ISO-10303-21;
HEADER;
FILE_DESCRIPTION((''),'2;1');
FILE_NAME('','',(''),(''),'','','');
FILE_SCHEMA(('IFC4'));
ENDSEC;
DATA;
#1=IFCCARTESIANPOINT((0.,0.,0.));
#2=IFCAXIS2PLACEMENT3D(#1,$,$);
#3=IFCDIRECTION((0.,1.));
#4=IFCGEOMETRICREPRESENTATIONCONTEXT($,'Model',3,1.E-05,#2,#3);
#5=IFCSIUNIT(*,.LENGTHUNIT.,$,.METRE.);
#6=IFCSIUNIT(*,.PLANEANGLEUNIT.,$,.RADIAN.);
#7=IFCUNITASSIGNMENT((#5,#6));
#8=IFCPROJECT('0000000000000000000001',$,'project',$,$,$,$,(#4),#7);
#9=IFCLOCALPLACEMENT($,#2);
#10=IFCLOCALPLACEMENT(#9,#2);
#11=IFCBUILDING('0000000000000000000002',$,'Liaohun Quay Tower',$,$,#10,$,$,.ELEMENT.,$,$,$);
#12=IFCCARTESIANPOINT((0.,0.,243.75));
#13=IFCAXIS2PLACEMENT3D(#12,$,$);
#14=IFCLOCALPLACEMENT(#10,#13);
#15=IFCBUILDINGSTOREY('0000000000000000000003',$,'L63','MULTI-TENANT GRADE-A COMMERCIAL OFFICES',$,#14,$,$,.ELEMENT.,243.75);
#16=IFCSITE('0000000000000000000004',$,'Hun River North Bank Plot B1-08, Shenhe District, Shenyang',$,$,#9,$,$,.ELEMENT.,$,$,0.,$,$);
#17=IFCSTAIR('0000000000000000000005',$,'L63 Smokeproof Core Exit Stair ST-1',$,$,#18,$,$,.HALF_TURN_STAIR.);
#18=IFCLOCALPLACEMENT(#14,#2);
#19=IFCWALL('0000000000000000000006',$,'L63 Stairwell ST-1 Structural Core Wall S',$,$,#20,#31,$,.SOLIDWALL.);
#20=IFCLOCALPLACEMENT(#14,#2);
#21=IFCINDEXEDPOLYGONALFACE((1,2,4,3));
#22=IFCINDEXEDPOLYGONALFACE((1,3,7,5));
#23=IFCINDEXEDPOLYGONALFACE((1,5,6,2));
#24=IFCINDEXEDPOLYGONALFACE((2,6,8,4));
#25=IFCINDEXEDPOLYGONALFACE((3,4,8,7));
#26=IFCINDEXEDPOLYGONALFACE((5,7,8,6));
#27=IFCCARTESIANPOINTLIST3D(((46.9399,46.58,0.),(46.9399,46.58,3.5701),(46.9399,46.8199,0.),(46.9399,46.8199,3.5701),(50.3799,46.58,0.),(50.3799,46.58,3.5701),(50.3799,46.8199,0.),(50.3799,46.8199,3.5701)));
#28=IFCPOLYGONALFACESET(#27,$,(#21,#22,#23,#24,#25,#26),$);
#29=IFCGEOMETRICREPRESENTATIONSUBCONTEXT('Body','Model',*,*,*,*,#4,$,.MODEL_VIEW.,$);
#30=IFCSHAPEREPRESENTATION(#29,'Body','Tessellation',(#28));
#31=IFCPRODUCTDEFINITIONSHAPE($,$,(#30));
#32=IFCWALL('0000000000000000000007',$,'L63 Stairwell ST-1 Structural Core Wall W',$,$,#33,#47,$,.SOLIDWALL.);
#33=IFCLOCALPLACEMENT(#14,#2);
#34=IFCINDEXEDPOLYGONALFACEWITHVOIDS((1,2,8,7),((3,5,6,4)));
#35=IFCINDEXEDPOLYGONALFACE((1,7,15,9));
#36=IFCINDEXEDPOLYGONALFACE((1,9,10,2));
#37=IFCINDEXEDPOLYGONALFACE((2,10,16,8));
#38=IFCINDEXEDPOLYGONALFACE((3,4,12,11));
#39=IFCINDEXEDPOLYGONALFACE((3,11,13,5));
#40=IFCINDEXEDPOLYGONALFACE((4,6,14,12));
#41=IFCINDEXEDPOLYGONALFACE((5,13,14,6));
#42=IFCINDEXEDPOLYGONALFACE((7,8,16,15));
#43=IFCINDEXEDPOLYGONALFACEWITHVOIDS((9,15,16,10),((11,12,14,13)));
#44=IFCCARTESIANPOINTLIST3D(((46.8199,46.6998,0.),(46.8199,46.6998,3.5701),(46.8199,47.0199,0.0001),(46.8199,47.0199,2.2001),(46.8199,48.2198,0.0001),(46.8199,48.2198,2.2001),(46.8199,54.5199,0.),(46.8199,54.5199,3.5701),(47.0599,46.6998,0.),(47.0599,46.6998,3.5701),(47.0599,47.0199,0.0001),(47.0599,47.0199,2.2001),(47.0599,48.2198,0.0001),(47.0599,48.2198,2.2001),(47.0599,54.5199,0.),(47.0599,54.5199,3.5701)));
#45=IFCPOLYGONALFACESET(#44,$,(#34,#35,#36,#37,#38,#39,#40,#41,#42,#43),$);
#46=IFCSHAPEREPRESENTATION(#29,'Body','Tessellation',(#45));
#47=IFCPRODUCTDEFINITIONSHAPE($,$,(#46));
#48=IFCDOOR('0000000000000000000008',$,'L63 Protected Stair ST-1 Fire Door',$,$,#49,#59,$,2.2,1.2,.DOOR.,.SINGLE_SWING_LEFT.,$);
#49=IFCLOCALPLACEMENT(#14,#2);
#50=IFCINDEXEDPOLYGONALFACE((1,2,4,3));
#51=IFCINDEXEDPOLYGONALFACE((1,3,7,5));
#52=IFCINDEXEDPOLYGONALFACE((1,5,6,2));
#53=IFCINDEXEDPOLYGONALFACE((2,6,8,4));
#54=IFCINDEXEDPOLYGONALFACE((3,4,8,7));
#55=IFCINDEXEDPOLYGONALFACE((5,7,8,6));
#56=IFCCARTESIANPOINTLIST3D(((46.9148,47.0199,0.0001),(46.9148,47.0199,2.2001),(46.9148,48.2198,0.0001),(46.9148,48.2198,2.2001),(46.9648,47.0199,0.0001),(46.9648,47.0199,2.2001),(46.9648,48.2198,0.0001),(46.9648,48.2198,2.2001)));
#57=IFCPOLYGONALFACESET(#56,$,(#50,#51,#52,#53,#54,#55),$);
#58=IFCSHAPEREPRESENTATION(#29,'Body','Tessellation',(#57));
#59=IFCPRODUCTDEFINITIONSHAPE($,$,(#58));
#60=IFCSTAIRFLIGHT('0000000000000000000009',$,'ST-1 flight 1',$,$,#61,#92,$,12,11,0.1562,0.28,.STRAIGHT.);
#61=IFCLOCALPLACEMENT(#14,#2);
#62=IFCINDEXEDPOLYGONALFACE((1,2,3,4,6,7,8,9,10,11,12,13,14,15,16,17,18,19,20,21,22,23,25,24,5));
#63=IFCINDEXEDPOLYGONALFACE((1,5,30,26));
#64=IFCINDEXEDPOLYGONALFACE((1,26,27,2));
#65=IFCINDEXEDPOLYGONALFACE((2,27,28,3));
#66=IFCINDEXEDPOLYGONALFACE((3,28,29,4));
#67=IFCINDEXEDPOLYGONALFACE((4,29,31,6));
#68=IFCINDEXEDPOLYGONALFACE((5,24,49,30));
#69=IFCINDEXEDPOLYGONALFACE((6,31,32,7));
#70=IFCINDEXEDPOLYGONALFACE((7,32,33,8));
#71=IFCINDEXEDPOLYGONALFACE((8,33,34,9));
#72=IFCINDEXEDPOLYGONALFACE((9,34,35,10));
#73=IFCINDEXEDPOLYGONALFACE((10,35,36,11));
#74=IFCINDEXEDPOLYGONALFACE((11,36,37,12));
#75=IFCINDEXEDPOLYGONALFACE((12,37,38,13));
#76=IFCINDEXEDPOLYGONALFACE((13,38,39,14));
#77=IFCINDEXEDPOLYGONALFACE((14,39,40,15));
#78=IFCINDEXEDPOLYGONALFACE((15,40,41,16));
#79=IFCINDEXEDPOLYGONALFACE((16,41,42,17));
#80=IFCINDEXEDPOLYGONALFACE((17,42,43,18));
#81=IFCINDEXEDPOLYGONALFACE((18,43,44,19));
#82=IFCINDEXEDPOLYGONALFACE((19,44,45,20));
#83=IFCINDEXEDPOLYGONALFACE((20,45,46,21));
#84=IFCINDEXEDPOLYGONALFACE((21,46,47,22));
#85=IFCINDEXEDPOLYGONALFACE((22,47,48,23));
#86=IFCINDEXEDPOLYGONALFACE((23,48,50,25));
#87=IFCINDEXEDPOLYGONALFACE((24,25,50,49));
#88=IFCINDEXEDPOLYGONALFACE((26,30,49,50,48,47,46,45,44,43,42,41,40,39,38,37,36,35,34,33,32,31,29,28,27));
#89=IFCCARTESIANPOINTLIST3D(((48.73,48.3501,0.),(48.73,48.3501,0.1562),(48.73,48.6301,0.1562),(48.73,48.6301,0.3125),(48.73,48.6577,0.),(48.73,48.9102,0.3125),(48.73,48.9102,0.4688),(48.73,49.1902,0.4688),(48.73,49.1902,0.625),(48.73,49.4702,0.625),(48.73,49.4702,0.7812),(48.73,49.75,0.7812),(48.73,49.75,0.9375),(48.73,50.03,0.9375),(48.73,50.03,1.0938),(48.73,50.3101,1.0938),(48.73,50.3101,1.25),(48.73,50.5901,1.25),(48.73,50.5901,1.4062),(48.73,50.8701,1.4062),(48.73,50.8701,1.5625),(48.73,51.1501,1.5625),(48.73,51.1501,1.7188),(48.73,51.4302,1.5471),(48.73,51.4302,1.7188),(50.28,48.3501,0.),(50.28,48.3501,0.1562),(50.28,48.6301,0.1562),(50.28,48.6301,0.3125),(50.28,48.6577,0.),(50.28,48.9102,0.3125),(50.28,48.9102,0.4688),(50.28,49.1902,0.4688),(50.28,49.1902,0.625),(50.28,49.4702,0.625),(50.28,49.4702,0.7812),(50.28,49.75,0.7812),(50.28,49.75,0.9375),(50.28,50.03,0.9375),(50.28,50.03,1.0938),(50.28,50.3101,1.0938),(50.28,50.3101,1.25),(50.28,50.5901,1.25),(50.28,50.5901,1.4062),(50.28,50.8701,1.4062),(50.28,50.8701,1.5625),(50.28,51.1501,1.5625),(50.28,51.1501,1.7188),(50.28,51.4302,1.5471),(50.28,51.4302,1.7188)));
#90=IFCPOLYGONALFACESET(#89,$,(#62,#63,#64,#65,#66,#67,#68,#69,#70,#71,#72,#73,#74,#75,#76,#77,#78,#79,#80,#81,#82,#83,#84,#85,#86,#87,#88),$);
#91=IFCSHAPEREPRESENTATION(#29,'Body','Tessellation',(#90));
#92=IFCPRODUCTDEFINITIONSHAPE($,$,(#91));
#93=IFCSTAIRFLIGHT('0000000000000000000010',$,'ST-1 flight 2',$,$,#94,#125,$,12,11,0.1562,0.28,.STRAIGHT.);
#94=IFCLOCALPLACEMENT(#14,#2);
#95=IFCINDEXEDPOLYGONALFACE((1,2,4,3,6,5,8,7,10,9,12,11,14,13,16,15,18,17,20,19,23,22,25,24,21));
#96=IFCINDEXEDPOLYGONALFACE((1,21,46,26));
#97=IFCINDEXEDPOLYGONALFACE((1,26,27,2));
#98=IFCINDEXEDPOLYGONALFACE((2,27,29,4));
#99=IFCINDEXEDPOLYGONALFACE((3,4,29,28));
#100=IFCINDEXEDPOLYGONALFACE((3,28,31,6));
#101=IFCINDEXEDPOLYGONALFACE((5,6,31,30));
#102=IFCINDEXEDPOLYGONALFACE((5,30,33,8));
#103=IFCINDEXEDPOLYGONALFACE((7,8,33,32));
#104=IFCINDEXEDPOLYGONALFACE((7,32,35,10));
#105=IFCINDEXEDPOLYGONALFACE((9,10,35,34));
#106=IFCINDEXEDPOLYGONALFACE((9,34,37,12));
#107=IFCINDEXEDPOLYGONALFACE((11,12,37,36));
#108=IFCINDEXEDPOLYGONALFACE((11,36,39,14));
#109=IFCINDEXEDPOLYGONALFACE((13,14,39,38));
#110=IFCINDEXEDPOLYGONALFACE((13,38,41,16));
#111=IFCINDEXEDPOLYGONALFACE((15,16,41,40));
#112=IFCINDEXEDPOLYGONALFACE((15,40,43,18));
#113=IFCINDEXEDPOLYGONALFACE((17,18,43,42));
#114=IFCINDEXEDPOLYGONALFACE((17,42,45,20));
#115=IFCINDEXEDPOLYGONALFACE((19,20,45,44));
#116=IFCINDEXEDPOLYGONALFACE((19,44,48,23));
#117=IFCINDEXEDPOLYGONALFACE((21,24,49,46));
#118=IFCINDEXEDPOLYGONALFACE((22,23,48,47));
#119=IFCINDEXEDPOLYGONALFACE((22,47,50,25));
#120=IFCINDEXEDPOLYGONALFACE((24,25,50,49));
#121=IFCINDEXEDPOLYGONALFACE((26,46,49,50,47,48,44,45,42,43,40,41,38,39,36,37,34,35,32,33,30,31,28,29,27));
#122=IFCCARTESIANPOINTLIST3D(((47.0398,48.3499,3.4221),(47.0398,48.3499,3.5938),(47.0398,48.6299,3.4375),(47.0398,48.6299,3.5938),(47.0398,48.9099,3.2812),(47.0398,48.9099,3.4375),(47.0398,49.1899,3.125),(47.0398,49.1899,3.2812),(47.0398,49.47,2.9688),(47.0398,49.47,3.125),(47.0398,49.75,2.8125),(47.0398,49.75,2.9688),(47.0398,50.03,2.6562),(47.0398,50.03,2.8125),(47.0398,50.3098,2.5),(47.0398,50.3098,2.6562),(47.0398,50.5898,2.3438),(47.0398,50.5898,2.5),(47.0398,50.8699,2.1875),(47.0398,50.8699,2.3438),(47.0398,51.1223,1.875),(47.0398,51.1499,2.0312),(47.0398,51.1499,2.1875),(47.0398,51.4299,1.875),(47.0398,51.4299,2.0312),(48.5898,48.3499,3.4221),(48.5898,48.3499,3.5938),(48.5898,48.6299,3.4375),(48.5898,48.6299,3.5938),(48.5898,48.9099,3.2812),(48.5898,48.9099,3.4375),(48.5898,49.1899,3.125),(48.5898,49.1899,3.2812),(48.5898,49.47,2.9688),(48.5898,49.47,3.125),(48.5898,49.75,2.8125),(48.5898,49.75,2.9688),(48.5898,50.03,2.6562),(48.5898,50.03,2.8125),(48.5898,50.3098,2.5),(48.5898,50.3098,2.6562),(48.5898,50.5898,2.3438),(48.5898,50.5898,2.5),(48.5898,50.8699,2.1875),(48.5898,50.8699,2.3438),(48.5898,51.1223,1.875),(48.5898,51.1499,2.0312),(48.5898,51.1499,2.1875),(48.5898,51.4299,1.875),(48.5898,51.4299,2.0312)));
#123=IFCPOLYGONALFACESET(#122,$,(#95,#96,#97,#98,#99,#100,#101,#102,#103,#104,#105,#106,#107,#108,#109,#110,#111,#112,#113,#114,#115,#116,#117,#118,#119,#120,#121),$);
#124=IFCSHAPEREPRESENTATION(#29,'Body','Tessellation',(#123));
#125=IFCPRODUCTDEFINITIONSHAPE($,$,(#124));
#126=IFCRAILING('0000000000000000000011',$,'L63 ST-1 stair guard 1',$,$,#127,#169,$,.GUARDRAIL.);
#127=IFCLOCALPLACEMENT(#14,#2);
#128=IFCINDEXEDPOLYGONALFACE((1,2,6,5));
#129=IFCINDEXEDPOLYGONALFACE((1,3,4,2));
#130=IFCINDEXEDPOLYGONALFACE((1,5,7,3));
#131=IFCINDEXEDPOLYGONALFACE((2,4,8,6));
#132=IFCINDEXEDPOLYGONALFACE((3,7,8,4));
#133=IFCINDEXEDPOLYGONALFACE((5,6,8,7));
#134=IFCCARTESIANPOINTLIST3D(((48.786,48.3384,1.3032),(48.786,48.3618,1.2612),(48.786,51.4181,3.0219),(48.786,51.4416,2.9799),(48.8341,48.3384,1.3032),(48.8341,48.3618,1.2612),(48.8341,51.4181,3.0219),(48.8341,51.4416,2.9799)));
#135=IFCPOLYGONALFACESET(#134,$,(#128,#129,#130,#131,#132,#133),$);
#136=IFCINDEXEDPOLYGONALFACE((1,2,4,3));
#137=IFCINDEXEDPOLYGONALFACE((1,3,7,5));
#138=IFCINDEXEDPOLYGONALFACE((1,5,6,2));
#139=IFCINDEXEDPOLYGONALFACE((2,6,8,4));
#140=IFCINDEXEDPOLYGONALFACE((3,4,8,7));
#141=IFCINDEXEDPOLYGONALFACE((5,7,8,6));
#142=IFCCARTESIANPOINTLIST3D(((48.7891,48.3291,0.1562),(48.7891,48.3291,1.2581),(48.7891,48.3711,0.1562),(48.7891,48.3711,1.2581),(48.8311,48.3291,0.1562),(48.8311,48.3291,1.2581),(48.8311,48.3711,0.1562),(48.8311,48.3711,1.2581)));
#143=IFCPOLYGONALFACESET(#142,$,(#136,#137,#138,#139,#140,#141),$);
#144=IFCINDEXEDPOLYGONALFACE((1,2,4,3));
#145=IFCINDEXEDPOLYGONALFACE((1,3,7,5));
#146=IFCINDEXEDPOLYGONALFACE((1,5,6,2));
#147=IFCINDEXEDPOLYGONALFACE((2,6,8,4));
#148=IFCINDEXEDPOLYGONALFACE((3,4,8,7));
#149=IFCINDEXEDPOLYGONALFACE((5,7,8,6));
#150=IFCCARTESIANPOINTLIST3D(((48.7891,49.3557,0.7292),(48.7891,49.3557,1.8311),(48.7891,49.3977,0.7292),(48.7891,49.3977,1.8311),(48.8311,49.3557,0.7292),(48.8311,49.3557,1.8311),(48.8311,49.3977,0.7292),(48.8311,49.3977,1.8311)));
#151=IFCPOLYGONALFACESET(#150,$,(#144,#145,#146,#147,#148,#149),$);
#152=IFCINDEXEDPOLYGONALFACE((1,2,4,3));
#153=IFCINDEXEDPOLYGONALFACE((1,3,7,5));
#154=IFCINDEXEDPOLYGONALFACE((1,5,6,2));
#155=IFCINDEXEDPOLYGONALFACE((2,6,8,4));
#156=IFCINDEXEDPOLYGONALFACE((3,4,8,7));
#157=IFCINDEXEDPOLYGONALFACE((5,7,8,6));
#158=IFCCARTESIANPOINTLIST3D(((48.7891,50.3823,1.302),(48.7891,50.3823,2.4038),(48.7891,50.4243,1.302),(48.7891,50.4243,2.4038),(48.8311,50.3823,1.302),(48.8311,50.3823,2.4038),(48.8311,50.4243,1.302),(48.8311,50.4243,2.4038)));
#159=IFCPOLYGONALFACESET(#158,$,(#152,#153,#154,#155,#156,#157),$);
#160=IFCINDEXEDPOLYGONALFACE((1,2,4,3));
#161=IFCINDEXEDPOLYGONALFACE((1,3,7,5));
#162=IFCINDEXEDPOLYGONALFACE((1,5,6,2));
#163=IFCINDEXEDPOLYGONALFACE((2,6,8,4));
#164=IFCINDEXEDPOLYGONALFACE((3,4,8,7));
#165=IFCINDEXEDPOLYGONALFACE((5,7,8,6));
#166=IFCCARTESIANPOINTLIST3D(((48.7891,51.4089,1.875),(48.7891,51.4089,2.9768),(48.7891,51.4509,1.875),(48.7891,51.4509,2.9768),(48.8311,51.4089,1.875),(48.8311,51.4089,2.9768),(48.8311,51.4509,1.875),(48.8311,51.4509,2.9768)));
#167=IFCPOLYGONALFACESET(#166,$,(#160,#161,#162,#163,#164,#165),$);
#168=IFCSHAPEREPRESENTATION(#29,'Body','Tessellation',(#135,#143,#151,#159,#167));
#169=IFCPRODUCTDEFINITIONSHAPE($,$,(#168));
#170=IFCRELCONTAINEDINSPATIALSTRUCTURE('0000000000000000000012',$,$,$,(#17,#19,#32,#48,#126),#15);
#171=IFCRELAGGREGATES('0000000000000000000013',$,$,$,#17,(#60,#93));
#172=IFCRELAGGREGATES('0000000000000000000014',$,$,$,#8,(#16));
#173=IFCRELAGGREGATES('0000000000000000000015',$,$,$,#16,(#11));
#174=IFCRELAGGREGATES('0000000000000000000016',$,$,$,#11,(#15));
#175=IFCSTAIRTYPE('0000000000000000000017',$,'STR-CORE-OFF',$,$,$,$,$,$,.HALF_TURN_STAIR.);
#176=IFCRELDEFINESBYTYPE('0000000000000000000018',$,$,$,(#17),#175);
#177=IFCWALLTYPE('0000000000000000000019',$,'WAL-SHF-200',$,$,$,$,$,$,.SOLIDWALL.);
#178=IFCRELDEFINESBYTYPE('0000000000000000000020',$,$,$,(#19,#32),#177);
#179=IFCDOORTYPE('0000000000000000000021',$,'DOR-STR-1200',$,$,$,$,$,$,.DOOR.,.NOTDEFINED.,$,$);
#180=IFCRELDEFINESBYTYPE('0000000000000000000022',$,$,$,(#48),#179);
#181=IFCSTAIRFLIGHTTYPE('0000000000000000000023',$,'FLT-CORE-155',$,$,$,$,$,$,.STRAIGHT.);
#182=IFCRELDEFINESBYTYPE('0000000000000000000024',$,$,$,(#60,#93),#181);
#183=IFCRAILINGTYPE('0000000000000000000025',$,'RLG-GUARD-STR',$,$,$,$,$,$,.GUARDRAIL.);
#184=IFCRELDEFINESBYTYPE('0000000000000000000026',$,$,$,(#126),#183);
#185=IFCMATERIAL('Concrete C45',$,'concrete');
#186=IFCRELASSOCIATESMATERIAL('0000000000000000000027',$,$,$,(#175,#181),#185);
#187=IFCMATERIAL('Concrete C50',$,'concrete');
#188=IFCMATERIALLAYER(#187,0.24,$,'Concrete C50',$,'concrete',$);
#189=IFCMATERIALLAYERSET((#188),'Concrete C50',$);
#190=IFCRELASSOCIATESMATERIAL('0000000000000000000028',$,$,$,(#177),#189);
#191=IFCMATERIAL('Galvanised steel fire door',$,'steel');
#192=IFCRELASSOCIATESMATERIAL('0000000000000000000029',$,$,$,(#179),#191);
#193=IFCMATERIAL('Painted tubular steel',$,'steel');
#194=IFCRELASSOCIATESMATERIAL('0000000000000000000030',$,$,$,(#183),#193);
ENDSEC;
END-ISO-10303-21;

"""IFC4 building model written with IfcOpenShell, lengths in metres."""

from ifc_helpers import new_model, si_unit, direction, frame, frame_2d, origin, origin_2d, place, context, subcontext, project, spatial, polyline, rectangle, outline, extrude, source, transform, mapped, material, layer, layer_set, type_object, element, fill, aggregate, save


model = new_model("IFC4")

# Units and contexts
model_context = context("Model", 3, precision=1e-05, world=origin(), true_north=direction((0.0, 1.0)))
body_context = subcontext(model_context, "Body", "Model", "MODEL_VIEW")
ifc_project = project(units=[si_unit("LENGTHUNIT", "METRE"), si_unit("PLANEANGLEUNIT", "RADIAN")], contexts=[model_context])

# Site, building, storey
site_placement = place(None, origin())
site = spatial("IfcSite", under=ifc_project, at=site_placement, Name="Hun River North Bank Plot B1-08, Shenhe District, Shenyang", CompositionType="ELEMENT", RefElevation=0.0)
building_placement = place(site_placement, origin())
building = spatial("IfcBuilding", under=site, at=building_placement, Name="Liaohun Quay Tower", CompositionType="ELEMENT")
storey_placement = place(building_placement, frame((0.0, 0.0, 243.75)))
storey = spatial("IfcBuildingStorey", under=building, at=storey_placement, Name="L63", Description="MULTI-TENANT GRADE-A COMMERCIAL OFFICES", CompositionType="ELEMENT", Elevation=243.75)

# Stair
ifc_material_1 = material(Name="Concrete C45", Category="concrete")
stair_type = type_object("IfcStairType", Name="STR-CORE-OFF", PredefinedType="HALF_TURN_STAIR", material=ifc_material_1)
stair_1_placement = place(storey_placement, origin())
stair_1 = element("IfcStair", 1, at=stair_1_placement, inside=storey, type_object=stair_type, Name="L63 Smokeproof Core Exit Stair ST-1", PredefinedType="HALF_TURN_STAIR")

# Wall
ifc_material_2 = material(Name="Concrete C50", Category="concrete")
ifc_layer_1 = layer(ifc_material_2, 0.24, Name="Concrete C50", Category="concrete")
ifc_layer_set_1 = layer_set([ifc_layer_1], Name="Concrete C50")
wall_type_1 = type_object("IfcWallType", Name="WAL-SHF-200", PredefinedType="SOLIDWALL", material=ifc_layer_set_1)
wall_1_placement = place(storey_placement, frame((46.9399, 46.7, 0.0), z_axis=(0.0, 0.0, 1.0), x_axis=(1.0, 0.0, 0.0)))
element("IfcWall", 2, at=wall_1_placement, inside=storey, type_object=wall_type_1, Name="L63 Stairwell ST-1 Structural Core Wall S", PredefinedType="SOLIDWALL", context=body_context, shape_type="SweptSolid", body=[
    extrude(rectangle(XDim=3.4399, YDim=0.24, at=frame_2d((1.72, 0.0))), origin(), (0.0, 0.0, 1.0), 3.5701),
])

# Wall, opening, door
wall_2_placement = place(storey_placement, frame((46.9399, 54.52, 0.0), z_axis=(0.0, 0.0, 1.0), x_axis=(0.0, -1.0, 0.0)))
wall_2 = element("IfcWall", 3, at=wall_2_placement, inside=storey, type_object=wall_type_1, Name="L63 Stairwell ST-1 Structural Core Wall W", PredefinedType="SOLIDWALL", context=body_context, shape_type="SweptSolid", body=[
    extrude(rectangle(XDim=7.8201, YDim=0.24, at=frame_2d((3.9102, 0.0))), origin(), (0.0, 0.0, 1.0), 3.5701),
])
shared_shape_1 = source(origin(), body_context, "Body", "SweptSolid", [
    extrude(rectangle(XDim=1.2, YDim=2.2, at=frame_2d((0.6001, 1.1001))), frame((0.0, 0.1299, 0.0), z_axis=(0.0, -1.0, 0.0), x_axis=(1.0, 0.0, 0.0)), (0.0, 0.0, 1.0), 0.26),
])
opening_1_placement = place(wall_2_placement, frame((6.3, 0.0, 0.0)))
opening_1 = element("IfcOpeningElement", 4, at=opening_1_placement, cuts=wall_2, PredefinedType="OPENING", context=body_context, shape_type="MappedRepresentation", body=[
    mapped(shared_shape_1, transform((0.0, 0.0, 0.0), x_axis=(1.0, 0.0, 0.0), y_axis=(0.0, 1.0, 0.0), z_axis=(0.0, 0.0, 1.0), scale=1.0)),
])
ifc_material_3 = material(Name="Galvanised steel fire door", Category="steel")
door_type_1 = type_object("IfcDoorType", Name="DOR-STR-1200", OperationType="NOTDEFINED", PredefinedType="DOOR", material=ifc_material_3)
shared_shape_2 = source(origin(), body_context, "Body", "SweptSolid", [
    extrude(rectangle(XDim=1.2, YDim=2.2, at=frame_2d((0.6001, 1.1001))), frame((0.0, 0.0249, 0.0), z_axis=(0.0, -1.0, 0.0), x_axis=(1.0, 0.0, 0.0)), (0.0, 0.0, 1.0), 0.05),
])
door_1_placement = place(opening_1_placement, origin())
door_1 = element("IfcDoor", 5, at=door_1_placement, inside=storey, type_object=door_type_1, Name="L63 Protected Stair ST-1 Fire Door", OperationType="SINGLE_SWING_LEFT", OverallHeight=2.2, OverallWidth=1.2, PredefinedType="DOOR", context=body_context, shape_type="MappedRepresentation", body=[
    mapped(shared_shape_2, transform((0.0, 0.0, 0.0), x_axis=(1.0, 0.0, 0.0), y_axis=(0.0, 1.0, 0.0), z_axis=(0.0, 0.0, 1.0), scale=1.0)),
])
fill(opening_1, door_1)

# Stair flights
stair_flight_type = type_object("IfcStairFlightType", Name="FLT-CORE-155", PredefinedType="STRAIGHT", material=ifc_material_1)
stair_flight_1_placement = place(storey_placement, frame((49.5049, 48.3501, 0.0), z_axis=(0.0, 0.0, 1.0), x_axis=(0.0, 1.0, 0.0)))
stair_flight_1 = element("IfcStairFlight", 6, at=stair_flight_1_placement, type_object=stair_flight_type, Name="ST-1 flight 1", NumberOfRisers=12, NumberOfTreads=11, PredefinedType="STRAIGHT", RiserHeight=0.1562, TreadLength=0.28, context=body_context, shape_type="SweptSolid", body=[
    extrude(outline(polyline([(0.0, 0.0), (0.0, 0.1562), (0.28, 0.1562), (0.28, 0.3125), (0.5601, 0.3125), (0.5601, 0.4688), (0.8401, 0.4688), (0.8401, 0.625), (1.1201, 0.625), (1.1201, 0.7812), (1.3999, 0.7812), (1.3999, 0.9375), (1.6799, 0.9375), (1.6799, 1.0938), (1.96, 1.0938), (1.96, 1.25), (2.24, 1.25), (2.24, 1.4062), (2.52, 1.4062), (2.52, 1.5625), (2.8, 1.5625), (2.8, 1.7188), (3.0801, 1.7188), (3.0801, 1.875), (3.0801, 1.5471), (0.3076, 0.0), (0.0, 0.0)])), frame((0.0, 0.7749, 0.0), z_axis=(0.0, -1.0, 0.0), x_axis=(1.0, 0.0, 0.0)), (0.0, 0.0, 1.0), 1.55),
])
stair_flight_2_placement = place(storey_placement, frame((47.8149, 51.4299, 1.875), z_axis=(0.0, 0.0, 1.0), x_axis=(0.0, -1.0, 0.0)))
stair_flight_2 = element("IfcStairFlight", 7, at=stair_flight_2_placement, type_object=stair_flight_type, Name="ST-1 flight 2", NumberOfRisers=12, NumberOfTreads=11, PredefinedType="STRAIGHT", RiserHeight=0.1562, TreadLength=0.28, context=body_context, shape_type="SweptSolid", body=[
    extrude(outline(polyline([(0.0, 0.0), (0.0, 0.1562), (0.28, 0.1562), (0.28, 0.3125), (0.5601, 0.3125), (0.5601, 0.4688), (0.8401, 0.4688), (0.8401, 0.625), (1.1201, 0.625), (1.1201, 0.7812), (1.3999, 0.7812), (1.3999, 0.9375), (1.6799, 0.9375), (1.6799, 1.0938), (1.96, 1.0938), (1.96, 1.25), (2.24, 1.25), (2.24, 1.4062), (2.52, 1.4062), (2.52, 1.5625), (2.8, 1.5625), (2.8, 1.7188), (3.0801, 1.7188), (3.0801, 1.875), (3.0801, 1.5471), (0.3076, 0.0), (0.0, 0.0)])), frame((0.0, 0.7749, 0.0), z_axis=(0.0, -1.0, 0.0), x_axis=(1.0, 0.0, 0.0)), (0.0, 0.0, 1.0), 1.55),
])
aggregate(stair_1, [stair_flight_1, stair_flight_2])

# Railing
ifc_material_4 = material(Name="Painted tubular steel", Category="steel")
railing_type_1 = type_object("IfcRailingType", Name="RLG-GUARD-STR", PredefinedType="GUARDRAIL", material=ifc_material_4)
railing_1_placement = place(storey_placement, frame((48.8101, 48.3501, 0.1562)))
element("IfcRailing", 8, at=railing_1_placement, inside=storey, type_object=railing_type_1, Name="L63 ST-1 stair guard 1", PredefinedType="GUARDRAIL", context=body_context, shape_type="SweptSolid", body=[
    extrude(rectangle(XDim=0.0481, YDim=0.0481, at=origin_2d()), frame((0.0, 0.0, 1.126), z_axis=(0.0, 0.873225, 0.487317), x_axis=(-1.0, 0.0, 0.0)), (0.0, 0.0, 1.0), 3.5269),
    extrude(rectangle(XDim=0.042, YDim=0.042, at=origin_2d()), origin(), (0.0, 0.0, 1.0), 1.1018),
    extrude(rectangle(XDim=0.042, YDim=0.042, at=origin_2d()), frame((0.0, 1.0266, 0.573)), (0.0, 0.0, 1.0), 1.1018),
    extrude(rectangle(XDim=0.042, YDim=0.042, at=origin_2d()), frame((0.0, 2.0532, 1.1458)), (0.0, 0.0, 1.0), 1.1018),
    extrude(rectangle(XDim=0.042, YDim=0.042, at=origin_2d()), frame((0.0, 3.0798, 1.7188)), (0.0, 0.0, 1.0), 1.1018),
])

save(model, "model.ifc")
